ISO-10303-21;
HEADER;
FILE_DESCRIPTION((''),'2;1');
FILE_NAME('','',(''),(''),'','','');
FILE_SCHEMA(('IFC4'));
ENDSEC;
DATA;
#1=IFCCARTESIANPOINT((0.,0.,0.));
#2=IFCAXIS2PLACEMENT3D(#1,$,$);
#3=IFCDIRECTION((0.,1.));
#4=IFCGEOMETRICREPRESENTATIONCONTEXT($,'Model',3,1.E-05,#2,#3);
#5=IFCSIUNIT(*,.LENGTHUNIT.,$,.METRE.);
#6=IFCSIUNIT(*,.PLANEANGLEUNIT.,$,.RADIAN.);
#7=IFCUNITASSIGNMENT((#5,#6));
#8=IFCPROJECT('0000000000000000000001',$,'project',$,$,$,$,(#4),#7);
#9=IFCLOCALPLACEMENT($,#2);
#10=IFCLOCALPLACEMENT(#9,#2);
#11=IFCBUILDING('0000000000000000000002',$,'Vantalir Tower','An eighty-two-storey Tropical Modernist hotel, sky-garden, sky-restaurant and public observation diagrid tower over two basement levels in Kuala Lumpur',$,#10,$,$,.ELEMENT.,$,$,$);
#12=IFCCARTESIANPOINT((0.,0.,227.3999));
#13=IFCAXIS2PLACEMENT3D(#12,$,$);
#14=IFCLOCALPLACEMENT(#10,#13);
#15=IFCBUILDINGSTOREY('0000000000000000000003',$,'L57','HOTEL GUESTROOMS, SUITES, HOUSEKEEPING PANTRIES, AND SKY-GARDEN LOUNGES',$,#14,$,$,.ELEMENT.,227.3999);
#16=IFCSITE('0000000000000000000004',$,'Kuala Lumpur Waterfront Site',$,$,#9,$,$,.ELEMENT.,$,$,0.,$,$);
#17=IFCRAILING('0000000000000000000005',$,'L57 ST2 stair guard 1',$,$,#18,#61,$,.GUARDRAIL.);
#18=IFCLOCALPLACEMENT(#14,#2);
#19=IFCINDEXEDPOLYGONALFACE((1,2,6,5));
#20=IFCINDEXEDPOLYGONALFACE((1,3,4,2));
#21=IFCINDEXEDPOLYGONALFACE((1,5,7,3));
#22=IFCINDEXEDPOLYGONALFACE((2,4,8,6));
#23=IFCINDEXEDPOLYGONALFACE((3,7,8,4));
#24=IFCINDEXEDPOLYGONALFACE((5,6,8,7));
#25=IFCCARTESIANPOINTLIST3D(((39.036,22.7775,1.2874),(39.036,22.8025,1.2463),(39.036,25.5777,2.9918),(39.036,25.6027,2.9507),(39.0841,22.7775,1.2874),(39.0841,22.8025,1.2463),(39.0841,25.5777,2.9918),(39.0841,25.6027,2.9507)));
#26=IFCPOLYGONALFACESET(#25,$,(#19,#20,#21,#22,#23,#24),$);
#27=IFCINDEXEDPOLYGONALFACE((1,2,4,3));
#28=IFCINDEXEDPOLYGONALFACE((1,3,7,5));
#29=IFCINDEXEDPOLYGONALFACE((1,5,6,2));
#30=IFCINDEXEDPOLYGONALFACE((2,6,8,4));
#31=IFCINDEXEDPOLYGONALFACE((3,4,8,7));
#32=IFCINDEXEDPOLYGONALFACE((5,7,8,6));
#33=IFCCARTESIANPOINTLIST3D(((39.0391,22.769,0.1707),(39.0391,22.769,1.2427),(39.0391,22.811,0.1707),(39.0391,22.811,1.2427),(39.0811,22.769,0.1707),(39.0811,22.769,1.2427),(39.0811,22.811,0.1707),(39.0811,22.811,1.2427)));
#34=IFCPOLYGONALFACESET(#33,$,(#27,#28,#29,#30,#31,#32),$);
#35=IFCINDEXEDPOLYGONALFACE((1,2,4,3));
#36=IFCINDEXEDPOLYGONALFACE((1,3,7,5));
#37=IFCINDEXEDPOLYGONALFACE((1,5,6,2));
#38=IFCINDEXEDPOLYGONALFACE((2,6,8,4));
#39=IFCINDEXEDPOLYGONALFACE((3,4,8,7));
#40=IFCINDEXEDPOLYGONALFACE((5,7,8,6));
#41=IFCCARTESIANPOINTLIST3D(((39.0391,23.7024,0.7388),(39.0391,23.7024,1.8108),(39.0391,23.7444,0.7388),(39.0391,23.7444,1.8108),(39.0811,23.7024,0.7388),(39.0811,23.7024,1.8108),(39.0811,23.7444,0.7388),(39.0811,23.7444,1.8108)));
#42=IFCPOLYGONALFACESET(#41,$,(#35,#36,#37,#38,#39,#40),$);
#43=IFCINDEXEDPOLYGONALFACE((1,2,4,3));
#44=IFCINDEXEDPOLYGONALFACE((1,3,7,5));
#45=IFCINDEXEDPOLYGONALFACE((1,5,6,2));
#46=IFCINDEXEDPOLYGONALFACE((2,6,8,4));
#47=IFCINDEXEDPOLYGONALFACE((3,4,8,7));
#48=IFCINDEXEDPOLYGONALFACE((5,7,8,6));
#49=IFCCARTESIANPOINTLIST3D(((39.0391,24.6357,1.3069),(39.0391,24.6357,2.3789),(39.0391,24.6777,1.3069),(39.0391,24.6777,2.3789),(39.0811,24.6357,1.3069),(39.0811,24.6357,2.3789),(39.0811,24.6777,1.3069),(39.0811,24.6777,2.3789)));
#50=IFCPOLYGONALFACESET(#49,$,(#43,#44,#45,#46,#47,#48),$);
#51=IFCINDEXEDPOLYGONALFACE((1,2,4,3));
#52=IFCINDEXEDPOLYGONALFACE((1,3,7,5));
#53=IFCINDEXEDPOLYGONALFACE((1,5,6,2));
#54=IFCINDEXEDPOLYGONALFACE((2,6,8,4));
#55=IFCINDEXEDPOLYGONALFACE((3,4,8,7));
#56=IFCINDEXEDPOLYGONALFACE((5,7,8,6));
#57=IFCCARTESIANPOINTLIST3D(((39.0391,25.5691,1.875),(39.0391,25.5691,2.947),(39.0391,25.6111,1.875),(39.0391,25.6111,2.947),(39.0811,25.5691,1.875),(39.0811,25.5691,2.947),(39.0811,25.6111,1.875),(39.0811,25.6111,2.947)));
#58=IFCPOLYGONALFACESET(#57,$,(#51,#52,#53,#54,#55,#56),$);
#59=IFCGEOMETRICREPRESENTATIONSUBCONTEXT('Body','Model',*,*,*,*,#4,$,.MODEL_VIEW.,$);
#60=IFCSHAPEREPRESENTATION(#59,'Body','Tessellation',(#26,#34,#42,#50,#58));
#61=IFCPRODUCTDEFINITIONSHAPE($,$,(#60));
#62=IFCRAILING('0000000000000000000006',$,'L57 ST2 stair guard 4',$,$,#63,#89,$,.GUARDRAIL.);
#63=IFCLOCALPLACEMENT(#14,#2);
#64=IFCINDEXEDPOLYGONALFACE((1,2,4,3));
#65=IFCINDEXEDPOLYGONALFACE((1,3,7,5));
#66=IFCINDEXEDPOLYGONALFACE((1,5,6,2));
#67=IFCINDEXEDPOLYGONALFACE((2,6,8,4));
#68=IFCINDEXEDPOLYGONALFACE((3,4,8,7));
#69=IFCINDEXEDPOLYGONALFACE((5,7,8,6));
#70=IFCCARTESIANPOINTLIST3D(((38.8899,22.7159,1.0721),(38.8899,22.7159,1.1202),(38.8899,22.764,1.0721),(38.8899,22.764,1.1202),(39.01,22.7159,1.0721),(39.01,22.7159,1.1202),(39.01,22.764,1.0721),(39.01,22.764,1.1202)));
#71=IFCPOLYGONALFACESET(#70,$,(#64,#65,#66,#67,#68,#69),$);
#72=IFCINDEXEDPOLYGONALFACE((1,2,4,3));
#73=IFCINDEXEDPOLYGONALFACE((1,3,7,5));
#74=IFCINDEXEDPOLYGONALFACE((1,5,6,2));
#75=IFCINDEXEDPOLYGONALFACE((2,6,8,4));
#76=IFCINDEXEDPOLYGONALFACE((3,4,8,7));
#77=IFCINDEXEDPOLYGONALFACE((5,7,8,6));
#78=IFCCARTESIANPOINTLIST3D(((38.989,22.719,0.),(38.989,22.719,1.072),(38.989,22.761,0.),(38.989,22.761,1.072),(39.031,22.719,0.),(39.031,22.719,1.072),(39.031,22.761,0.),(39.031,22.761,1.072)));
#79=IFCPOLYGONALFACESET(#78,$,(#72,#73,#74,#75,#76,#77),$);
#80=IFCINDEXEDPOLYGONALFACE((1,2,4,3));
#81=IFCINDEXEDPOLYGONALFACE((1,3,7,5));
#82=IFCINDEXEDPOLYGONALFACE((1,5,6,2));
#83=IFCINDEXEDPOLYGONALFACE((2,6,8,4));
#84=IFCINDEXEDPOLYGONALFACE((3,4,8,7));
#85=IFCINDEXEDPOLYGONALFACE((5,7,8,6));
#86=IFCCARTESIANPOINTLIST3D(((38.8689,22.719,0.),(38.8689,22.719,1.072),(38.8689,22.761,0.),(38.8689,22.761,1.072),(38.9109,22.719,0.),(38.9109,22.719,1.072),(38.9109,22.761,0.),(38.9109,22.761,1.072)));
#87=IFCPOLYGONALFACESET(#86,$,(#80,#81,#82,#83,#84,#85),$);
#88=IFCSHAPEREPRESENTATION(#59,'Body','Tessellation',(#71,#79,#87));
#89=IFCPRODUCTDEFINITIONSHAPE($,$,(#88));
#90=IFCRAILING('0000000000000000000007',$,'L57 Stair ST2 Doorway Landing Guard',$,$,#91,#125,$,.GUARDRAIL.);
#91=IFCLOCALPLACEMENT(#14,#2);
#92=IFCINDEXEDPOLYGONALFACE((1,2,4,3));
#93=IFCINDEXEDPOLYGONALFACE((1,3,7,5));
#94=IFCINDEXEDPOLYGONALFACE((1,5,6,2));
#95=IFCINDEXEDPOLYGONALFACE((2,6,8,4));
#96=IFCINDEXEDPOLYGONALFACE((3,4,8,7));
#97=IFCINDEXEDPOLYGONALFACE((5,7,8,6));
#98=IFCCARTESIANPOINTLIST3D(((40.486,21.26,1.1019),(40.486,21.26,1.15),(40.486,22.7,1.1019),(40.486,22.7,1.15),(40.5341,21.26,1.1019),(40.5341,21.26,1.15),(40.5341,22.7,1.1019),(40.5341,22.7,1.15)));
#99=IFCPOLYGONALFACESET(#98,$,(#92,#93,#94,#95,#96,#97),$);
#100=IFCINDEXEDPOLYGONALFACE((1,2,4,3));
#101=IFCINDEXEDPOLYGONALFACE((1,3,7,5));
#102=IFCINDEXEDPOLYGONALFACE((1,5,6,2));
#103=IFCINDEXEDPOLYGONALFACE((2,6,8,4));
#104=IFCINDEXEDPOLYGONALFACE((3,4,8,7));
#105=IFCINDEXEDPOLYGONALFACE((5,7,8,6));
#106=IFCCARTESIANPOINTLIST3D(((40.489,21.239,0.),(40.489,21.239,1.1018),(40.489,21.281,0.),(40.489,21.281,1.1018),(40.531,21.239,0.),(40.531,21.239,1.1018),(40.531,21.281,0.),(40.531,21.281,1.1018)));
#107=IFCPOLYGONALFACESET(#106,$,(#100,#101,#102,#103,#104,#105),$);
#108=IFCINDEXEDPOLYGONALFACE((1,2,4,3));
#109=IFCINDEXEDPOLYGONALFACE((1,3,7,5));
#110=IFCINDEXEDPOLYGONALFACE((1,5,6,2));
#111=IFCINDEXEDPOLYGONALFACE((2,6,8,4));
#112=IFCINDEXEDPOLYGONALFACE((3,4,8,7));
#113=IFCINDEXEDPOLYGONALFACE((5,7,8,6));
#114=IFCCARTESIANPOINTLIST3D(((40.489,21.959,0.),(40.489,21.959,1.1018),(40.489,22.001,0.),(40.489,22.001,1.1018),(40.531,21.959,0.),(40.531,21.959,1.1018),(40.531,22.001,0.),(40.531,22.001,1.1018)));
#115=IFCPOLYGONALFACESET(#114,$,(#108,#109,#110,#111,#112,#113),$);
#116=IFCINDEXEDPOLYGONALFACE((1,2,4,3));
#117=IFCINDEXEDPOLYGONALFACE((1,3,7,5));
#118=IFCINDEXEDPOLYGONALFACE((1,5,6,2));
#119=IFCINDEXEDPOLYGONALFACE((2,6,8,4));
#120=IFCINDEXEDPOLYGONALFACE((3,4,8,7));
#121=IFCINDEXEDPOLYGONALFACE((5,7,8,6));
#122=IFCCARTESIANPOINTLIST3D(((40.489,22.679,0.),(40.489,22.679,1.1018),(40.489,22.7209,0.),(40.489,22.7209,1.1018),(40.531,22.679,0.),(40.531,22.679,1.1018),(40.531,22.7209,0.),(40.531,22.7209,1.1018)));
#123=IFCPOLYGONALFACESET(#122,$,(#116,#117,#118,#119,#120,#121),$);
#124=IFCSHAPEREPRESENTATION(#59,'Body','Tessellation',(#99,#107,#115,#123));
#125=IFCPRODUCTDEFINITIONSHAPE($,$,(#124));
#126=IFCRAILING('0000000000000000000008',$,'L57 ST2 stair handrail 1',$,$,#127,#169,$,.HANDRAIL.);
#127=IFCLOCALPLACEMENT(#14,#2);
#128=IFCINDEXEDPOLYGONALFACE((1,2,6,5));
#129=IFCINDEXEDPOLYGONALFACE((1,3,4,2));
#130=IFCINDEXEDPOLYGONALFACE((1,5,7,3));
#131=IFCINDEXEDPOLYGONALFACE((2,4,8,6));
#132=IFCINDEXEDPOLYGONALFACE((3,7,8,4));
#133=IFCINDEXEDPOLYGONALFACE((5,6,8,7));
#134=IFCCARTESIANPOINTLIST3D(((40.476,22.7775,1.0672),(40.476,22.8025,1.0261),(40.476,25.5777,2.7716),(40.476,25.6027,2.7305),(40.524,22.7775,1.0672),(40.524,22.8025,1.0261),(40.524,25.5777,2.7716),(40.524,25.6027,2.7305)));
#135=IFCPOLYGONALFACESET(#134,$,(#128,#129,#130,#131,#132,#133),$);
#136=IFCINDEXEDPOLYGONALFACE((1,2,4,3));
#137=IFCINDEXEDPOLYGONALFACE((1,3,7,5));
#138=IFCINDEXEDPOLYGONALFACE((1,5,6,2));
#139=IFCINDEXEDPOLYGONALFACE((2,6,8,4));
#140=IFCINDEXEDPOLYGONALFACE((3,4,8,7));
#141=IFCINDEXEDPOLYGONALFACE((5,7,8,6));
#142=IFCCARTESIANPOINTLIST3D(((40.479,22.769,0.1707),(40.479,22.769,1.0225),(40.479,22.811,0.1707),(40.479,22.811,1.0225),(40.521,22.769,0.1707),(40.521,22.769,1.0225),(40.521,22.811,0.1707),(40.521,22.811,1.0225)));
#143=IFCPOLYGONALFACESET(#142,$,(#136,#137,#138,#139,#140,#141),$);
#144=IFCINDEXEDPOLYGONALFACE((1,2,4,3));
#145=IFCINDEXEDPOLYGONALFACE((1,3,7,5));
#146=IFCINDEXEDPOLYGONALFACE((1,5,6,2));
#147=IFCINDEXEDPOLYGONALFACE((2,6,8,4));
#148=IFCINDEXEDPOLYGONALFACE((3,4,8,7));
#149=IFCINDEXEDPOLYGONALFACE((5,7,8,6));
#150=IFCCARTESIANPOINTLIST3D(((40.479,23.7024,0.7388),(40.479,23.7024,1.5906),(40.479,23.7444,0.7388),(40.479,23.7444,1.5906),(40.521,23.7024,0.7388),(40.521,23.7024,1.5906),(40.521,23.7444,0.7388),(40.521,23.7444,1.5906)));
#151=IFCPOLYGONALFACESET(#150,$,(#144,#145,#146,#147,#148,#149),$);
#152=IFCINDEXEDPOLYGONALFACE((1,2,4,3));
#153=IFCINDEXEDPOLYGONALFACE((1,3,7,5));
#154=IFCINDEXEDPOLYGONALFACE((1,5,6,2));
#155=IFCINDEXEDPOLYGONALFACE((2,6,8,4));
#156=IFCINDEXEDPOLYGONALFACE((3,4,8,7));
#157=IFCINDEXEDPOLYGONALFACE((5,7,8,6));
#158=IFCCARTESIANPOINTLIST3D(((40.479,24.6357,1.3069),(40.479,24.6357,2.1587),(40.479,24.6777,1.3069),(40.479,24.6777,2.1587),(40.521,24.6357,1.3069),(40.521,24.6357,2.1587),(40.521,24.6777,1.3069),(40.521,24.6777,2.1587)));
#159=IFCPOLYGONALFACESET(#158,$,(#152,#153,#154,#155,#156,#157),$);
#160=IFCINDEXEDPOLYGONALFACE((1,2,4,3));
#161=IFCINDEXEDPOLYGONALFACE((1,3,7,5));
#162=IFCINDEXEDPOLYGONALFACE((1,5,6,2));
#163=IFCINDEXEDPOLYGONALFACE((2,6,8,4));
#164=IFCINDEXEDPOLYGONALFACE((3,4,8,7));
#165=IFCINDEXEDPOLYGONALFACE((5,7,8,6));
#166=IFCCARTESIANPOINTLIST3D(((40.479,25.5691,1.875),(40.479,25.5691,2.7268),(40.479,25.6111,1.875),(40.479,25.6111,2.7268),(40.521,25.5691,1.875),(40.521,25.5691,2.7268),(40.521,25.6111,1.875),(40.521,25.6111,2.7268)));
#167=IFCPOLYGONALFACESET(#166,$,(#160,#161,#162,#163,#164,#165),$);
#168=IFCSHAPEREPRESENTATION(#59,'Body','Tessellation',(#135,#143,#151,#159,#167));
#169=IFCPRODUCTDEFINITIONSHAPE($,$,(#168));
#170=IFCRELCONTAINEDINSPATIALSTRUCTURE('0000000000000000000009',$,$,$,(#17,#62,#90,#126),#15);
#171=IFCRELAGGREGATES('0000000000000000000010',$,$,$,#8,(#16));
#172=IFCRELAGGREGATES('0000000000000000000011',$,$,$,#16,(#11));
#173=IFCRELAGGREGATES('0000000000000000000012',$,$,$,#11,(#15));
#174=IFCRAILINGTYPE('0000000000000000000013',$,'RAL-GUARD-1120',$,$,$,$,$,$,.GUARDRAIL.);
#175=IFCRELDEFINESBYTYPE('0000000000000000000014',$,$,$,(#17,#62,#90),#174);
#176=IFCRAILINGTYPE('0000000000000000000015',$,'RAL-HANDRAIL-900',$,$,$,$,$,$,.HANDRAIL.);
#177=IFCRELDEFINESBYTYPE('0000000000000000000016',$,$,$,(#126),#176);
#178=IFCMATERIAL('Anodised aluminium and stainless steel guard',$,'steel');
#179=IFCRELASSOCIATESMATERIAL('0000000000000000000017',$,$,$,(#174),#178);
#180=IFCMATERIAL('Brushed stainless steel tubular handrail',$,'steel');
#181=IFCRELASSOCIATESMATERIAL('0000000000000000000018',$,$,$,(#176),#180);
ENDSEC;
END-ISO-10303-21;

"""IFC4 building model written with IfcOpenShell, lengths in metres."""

from ifc_helpers import new_model, si_unit, direction, frame, origin, origin_2d, place, context, subcontext, project, spatial, rectangle, extrude, material, type_object, element, save


model = new_model("IFC4")

# Units and contexts
model_context = context("Model", 3, precision=1e-05, world=origin(), true_north=direction((0.0, 1.0)))
body_context = subcontext(model_context, "Body", "Model", "MODEL_VIEW")
ifc_project = project(units=[si_unit("LENGTHUNIT", "METRE"), si_unit("PLANEANGLEUNIT", "RADIAN")], contexts=[model_context])

# Site, building, storey
site_placement = place(None, origin())
site = spatial("IfcSite", under=ifc_project, at=site_placement, Name="Kuala Lumpur Waterfront Site", CompositionType="ELEMENT", RefElevation=0.0)
building_placement = place(site_placement, origin())
building = spatial("IfcBuilding", under=site, at=building_placement, Name="Vantalir Tower", Description="An eighty-two-storey Tropical Modernist hotel, sky-garden, sky-restaurant and public observation diagrid tower over two basement levels in Kuala Lumpur", CompositionType="ELEMENT")
storey_placement = place(building_placement, frame((0.0, 0.0, 227.3999)))
storey = spatial("IfcBuildingStorey", under=building, at=storey_placement, Name="L57", Description="HOTEL GUESTROOMS, SUITES, HOUSEKEEPING PANTRIES, AND SKY-GARDEN LOUNGES", CompositionType="ELEMENT", Elevation=227.3999)

# Railings
ifc_material_1 = material(Name="Anodised aluminium and stainless steel guard", Category="steel")
railing_type_1 = type_object("IfcRailingType", Name="RAL-GUARD-1120", PredefinedType="GUARDRAIL", material=ifc_material_1)
railing_1_placement = place(storey_placement, frame((39.0601, 22.79, 0.1707)))
element("IfcRailing", 1, at=railing_1_placement, inside=storey, type_object=railing_type_1, Name="L57 ST2 stair guard 1", PredefinedType="GUARDRAIL", context=body_context, shape_type="SweptSolid", body=[
    extrude(rectangle(XDim=0.0481, YDim=0.0481, at=origin_2d()), frame((0.0, 0.0, 1.0962), z_axis=(0.0, 0.854203, 0.51994), x_axis=(-1.0, 0.0, 0.0)), (0.0, 0.0, 1.0), 3.2781),
    extrude(rectangle(XDim=0.042, YDim=0.042, at=origin_2d()), origin(), (0.0, 0.0, 1.0), 1.072),
    extrude(rectangle(XDim=0.042, YDim=0.042, at=origin_2d()), frame((0.0, 0.9333, 0.5681)), (0.0, 0.0, 1.0), 1.072),
    extrude(rectangle(XDim=0.042, YDim=0.042, at=origin_2d()), frame((0.0, 1.8667, 1.1362)), (0.0, 0.0, 1.0), 1.072),
    extrude(rectangle(XDim=0.042, YDim=0.042, at=origin_2d()), frame((0.0, 2.8, 1.7043)), (0.0, 0.0, 1.0), 1.072),
])
railing_2_placement = place(storey_placement, frame((39.01, 22.74, 0.0)))
element("IfcRailing", 2, at=railing_2_placement, inside=storey, type_object=railing_type_1, Name="L57 ST2 stair guard 4", PredefinedType="GUARDRAIL", context=body_context, shape_type="SweptSolid", body=[
    extrude(rectangle(XDim=0.0481, YDim=0.0481, at=origin_2d()), frame((0.0, 0.0, 1.0962), z_axis=(-1.0, 0.0, 0.0), x_axis=(0.0, -1.0, 0.0)), (0.0, 0.0, 1.0), 0.1201),
    extrude(rectangle(XDim=0.042, YDim=0.042, at=origin_2d()), origin(), (0.0, 0.0, 1.0), 1.072),
    extrude(rectangle(XDim=0.042, YDim=0.042, at=origin_2d()), frame((-0.1201, 0.0, 0.0)), (0.0, 0.0, 1.0), 1.072),
])
railing_3_placement = place(storey_placement, frame((40.51, 21.26, 0.0)))
element("IfcRailing", 3, at=railing_3_placement, inside=storey, type_object=railing_type_1, Name="L57 Stair ST2 Doorway Landing Guard", PredefinedType="GUARDRAIL", context=body_context, shape_type="SweptSolid", body=[
    extrude(rectangle(XDim=0.0481, YDim=0.0481, at=origin_2d()), frame((0.0, 0.0, 1.126), z_axis=(0.0, 1.0, 0.0), x_axis=(-1.0, 0.0, 0.0)), (0.0, 0.0, 1.0), 1.4399),
    extrude(rectangle(XDim=0.042, YDim=0.042, at=origin_2d()), origin(), (0.0, 0.0, 1.0), 1.1018),
    extrude(rectangle(XDim=0.042, YDim=0.042, at=origin_2d()), frame((0.0, 0.72, 0.0)), (0.0, 0.0, 1.0), 1.1018),
    extrude(rectangle(XDim=0.042, YDim=0.042, at=origin_2d()), frame((0.0, 1.4399, 0.0)), (0.0, 0.0, 1.0), 1.1018),
])
ifc_material_2 = material(Name="Brushed stainless steel tubular handrail", Category="steel")
railing_type_2 = type_object("IfcRailingType", Name="RAL-HANDRAIL-900", PredefinedType="HANDRAIL", material=ifc_material_2)
railing_4_placement = place(storey_placement, frame((40.5, 22.79, 0.1707)))
element("IfcRailing", 4, at=railing_4_placement, inside=storey, type_object=railing_type_2, Name="L57 ST2 stair handrail 1", PredefinedType="HANDRAIL", context=body_context, shape_type="SweptSolid", body=[
    extrude(rectangle(XDim=0.0481, YDim=0.0481, at=origin_2d()), frame((0.0, 0.0, 0.876), z_axis=(0.0, 0.854203, 0.51994), x_axis=(-1.0, 0.0, 0.0)), (0.0, 0.0, 1.0), 3.2781),
    extrude(rectangle(XDim=0.042, YDim=0.042, at=origin_2d()), origin(), (0.0, 0.0, 1.0), 0.8518),
    extrude(rectangle(XDim=0.042, YDim=0.042, at=origin_2d()), frame((0.0, 0.9333, 0.5681)), (0.0, 0.0, 1.0), 0.8518),
    extrude(rectangle(XDim=0.042, YDim=0.042, at=origin_2d()), frame((0.0, 1.8667, 1.1362)), (0.0, 0.0, 1.0), 0.8518),
    extrude(rectangle(XDim=0.042, YDim=0.042, at=origin_2d()), frame((0.0, 2.8, 1.7043)), (0.0, 0.0, 1.0), 0.8518),
])

save(model, "model.ifc")
